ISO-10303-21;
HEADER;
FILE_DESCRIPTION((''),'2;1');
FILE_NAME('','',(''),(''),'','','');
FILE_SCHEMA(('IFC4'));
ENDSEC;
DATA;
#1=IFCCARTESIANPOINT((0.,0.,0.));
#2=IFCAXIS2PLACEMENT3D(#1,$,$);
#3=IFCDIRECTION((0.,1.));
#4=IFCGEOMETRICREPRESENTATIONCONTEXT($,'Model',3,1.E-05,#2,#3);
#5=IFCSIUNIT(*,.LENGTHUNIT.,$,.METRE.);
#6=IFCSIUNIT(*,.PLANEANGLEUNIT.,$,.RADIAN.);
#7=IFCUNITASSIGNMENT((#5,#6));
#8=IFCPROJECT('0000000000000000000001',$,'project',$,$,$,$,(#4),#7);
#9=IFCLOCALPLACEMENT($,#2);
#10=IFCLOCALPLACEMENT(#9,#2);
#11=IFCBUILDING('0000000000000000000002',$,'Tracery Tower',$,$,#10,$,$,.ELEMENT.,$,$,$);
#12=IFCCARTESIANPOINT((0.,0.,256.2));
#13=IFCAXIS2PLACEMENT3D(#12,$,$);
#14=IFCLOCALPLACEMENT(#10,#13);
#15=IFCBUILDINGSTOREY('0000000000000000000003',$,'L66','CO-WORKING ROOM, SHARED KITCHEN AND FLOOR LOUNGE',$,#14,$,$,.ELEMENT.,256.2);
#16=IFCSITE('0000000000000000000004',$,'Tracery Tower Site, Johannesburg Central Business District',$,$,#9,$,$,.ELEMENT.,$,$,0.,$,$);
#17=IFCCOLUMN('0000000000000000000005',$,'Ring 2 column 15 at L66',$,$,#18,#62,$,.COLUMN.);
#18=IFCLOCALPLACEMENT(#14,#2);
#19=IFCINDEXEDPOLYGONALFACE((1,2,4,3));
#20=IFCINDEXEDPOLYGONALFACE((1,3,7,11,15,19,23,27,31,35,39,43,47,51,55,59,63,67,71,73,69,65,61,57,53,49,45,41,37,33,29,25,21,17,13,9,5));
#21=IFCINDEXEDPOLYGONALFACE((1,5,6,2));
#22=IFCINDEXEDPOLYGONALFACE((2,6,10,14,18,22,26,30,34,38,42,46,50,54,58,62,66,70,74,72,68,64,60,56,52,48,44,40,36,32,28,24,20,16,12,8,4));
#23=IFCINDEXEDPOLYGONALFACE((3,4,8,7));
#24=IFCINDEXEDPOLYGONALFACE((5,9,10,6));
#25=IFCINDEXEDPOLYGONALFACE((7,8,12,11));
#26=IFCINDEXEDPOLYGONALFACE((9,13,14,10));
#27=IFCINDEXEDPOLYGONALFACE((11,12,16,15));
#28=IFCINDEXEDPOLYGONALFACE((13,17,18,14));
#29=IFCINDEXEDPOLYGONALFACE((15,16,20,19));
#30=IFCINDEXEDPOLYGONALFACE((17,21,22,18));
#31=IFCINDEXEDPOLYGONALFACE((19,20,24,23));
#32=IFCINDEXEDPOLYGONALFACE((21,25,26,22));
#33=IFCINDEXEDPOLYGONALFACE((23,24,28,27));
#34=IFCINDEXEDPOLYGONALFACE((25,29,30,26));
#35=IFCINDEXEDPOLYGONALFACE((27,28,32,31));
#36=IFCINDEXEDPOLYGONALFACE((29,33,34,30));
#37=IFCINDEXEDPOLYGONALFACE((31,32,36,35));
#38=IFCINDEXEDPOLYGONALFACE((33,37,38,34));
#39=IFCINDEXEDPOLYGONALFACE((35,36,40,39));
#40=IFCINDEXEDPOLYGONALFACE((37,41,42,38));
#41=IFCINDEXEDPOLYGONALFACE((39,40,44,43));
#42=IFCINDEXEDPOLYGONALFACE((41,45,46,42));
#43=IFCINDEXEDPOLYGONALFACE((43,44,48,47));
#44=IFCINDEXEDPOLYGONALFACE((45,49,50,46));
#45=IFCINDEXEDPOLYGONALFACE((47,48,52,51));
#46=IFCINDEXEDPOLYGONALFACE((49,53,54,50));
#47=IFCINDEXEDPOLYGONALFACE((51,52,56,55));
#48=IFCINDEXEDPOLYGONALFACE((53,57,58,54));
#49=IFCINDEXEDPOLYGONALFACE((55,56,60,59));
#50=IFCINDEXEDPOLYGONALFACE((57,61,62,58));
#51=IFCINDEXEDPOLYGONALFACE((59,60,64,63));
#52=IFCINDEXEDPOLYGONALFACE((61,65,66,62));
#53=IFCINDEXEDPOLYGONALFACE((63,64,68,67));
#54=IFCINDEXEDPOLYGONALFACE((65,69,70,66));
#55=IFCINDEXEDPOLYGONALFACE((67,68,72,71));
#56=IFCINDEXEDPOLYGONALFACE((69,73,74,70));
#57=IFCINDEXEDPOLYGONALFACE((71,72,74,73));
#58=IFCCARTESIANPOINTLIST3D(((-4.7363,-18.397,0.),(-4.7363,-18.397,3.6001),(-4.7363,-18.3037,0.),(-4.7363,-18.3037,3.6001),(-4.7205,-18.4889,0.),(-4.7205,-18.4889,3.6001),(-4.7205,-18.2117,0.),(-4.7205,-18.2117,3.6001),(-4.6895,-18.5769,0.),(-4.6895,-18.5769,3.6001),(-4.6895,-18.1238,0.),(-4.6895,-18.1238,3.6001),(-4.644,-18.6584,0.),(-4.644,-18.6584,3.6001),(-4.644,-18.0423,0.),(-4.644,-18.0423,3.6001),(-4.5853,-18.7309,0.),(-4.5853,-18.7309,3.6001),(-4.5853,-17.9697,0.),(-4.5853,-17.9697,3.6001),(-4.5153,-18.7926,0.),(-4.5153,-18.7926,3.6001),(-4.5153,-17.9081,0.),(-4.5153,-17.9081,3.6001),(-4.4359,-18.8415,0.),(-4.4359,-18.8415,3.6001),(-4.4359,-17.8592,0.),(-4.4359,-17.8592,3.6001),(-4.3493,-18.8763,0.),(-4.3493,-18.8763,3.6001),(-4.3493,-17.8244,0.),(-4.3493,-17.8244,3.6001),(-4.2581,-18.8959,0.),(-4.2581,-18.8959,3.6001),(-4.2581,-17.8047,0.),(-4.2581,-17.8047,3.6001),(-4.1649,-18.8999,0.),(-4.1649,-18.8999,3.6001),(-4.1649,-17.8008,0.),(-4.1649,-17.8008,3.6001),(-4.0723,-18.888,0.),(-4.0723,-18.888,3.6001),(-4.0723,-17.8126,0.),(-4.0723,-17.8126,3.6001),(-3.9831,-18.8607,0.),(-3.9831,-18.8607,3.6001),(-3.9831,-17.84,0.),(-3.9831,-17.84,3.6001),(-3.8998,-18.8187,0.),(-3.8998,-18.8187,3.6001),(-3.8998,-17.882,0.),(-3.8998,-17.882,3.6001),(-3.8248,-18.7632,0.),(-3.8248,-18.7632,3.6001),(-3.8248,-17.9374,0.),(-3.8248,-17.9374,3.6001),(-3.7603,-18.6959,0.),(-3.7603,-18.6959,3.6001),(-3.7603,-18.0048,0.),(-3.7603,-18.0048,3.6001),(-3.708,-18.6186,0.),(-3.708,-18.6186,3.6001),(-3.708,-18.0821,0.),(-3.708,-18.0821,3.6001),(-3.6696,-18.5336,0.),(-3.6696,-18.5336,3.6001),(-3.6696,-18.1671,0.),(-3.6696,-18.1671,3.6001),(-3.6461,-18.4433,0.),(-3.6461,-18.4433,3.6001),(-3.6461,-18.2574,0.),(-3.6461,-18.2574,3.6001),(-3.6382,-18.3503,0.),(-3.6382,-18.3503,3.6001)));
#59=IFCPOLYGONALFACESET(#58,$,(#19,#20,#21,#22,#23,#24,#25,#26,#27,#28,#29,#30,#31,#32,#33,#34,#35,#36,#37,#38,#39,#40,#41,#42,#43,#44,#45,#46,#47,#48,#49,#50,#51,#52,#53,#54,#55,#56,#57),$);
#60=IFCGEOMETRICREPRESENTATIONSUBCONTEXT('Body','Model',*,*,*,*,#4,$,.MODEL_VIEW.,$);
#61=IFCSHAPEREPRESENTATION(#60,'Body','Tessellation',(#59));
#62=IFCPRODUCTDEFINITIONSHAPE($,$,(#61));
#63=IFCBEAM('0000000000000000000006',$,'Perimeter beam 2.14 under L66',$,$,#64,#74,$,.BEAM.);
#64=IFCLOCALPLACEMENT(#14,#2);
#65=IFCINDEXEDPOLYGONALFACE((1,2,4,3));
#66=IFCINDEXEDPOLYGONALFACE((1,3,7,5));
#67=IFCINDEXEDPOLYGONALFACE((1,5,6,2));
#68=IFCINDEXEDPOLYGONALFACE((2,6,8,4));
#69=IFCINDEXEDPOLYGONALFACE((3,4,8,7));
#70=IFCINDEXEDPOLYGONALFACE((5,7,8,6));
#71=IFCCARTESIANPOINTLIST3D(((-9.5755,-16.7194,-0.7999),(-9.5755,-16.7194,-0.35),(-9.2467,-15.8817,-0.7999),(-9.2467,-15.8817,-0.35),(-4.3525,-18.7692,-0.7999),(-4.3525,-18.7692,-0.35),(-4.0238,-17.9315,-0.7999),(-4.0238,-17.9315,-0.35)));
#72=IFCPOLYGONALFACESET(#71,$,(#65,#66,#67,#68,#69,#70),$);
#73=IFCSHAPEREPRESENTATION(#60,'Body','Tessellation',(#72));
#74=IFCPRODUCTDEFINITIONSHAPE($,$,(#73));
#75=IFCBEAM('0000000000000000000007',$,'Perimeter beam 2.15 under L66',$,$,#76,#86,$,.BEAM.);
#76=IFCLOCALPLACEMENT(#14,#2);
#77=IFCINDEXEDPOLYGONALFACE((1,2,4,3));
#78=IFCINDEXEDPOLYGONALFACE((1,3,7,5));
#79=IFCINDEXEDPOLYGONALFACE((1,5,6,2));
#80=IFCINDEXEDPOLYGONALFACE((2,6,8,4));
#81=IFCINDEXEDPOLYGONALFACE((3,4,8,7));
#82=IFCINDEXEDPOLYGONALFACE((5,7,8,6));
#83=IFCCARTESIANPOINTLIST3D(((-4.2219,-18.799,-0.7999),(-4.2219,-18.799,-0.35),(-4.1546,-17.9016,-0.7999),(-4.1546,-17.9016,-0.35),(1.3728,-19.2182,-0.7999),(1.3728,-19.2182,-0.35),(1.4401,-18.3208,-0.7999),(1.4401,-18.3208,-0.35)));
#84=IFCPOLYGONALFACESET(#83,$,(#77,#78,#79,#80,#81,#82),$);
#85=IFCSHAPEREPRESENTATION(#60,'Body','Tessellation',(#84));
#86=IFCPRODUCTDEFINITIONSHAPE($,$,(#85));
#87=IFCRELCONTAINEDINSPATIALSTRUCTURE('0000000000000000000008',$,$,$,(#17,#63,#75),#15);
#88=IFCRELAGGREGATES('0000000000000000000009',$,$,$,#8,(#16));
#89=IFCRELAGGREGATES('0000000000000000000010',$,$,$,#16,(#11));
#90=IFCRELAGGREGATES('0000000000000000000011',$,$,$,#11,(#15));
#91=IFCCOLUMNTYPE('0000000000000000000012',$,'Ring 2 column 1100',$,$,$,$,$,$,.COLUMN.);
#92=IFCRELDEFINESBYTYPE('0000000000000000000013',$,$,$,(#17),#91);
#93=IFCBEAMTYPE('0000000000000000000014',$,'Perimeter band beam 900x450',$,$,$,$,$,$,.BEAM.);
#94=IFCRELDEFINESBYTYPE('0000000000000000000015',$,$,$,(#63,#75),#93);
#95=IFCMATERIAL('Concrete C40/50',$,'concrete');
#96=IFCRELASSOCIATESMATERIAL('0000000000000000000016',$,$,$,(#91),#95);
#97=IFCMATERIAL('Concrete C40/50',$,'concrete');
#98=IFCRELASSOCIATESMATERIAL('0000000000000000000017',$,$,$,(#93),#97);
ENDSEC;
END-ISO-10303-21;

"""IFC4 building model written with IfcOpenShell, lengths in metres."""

from ifc_helpers import new_model, si_unit, direction, frame, origin, origin_2d, place, context, subcontext, project, spatial, rectangle, circle, extrude, material, material_profile, profile_set, type_object, element, save


model = new_model("IFC4")

# Units and contexts
model_context = context("Model", 3, precision=1e-05, world=origin(), true_north=direction((0.0, 1.0)))
body_context = subcontext(model_context, "Body", "Model", "MODEL_VIEW")
ifc_project = project(units=[si_unit("LENGTHUNIT", "METRE"), si_unit("PLANEANGLEUNIT", "RADIAN")], contexts=[model_context])

# Site, building, storey
site_placement = place(None, origin())
site = spatial("IfcSite", under=ifc_project, at=site_placement, Name="Tracery Tower Site, Johannesburg Central Business District", CompositionType="ELEMENT", RefElevation=0.0)
building_placement = place(site_placement, origin())
building = spatial("IfcBuilding", under=site, at=building_placement, Name="Tracery Tower", CompositionType="ELEMENT")
storey_placement = place(building_placement, frame((0.0, 0.0, 256.2)))
storey = spatial("IfcBuildingStorey", under=building, at=storey_placement, Name="L66", Description="CO-WORKING ROOM, SHARED KITCHEN AND FLOOR LOUNGE", CompositionType="ELEMENT", Elevation=256.2)

# Column
ifc_material_1 = material(Name="Concrete C40/50", Category="concrete")
ifc_material_profile_1 = material_profile(ifc_material_1, circle(Radius=0.55, at=origin_2d()), Name="RC D1100")
ifc_profile_set_1 = profile_set([ifc_material_profile_1], Name="Concrete C40/50")
column_type = type_object("IfcColumnType", Name="Ring 2 column 1100", PredefinedType="COLUMN", material=ifc_profile_set_1)
column_placement = place(storey_placement, frame((-4.1882, -18.3503, 0.0), z_axis=(0.0, 0.0, 1.0), x_axis=(1.0, 0.0, 0.0)))
element("IfcColumn", 1, at=column_placement, inside=storey, type_object=column_type, Name="Ring 2 column 15 at L66", PredefinedType="COLUMN", context=body_context, shape_type="SweptSolid", body=[
    extrude(circle(Radius=0.55, at=origin_2d()), origin(), (0.0, 0.0, 1.0), 3.6001),
])

# Beams
ifc_material_2 = material(Name="Concrete C40/50", Category="concrete")
ifc_material_profile_2 = material_profile(ifc_material_2, rectangle(XDim=0.8999, YDim=0.45, at=origin_2d()), Name="RC 900x450")
ifc_profile_set_2 = profile_set([ifc_material_profile_2], Name="Concrete C40/50")
beam_type = type_object("IfcBeamType", Name="Perimeter band beam 900x450", PredefinedType="BEAM", material=ifc_profile_set_2)
beam_1_placement = place(storey_placement, frame((-9.4111, -16.3005, -0.575), z_axis=(0.930876, -0.365336, 0.0), x_axis=(0.365336, 0.930876, 0.0)))
element("IfcBeam", 2, at=beam_1_placement, inside=storey, type_object=beam_type, Name="Perimeter beam 2.14 under L66", PredefinedType="BEAM", context=body_context, shape_type="SweptSolid", body=[
    extrude(rectangle(XDim=0.8999, YDim=0.45, at=origin_2d()), origin(), (0.0, 0.0, 1.0), 5.6108),
])
beam_2_placement = place(storey_placement, frame((-4.1882, -18.3503, -0.575), z_axis=(0.997205, -0.074716, 0.0), x_axis=(0.074716, 0.997205, 0.0)))
element("IfcBeam", 3, at=beam_2_placement, inside=storey, type_object=beam_type, Name="Perimeter beam 2.15 under L66", PredefinedType="BEAM", context=body_context, shape_type="SweptSolid", body=[
    extrude(rectangle(XDim=0.8999, YDim=0.45, at=origin_2d()), origin(), (0.0, 0.0, 1.0), 5.6104),
])

save(model, "model.ifc")
